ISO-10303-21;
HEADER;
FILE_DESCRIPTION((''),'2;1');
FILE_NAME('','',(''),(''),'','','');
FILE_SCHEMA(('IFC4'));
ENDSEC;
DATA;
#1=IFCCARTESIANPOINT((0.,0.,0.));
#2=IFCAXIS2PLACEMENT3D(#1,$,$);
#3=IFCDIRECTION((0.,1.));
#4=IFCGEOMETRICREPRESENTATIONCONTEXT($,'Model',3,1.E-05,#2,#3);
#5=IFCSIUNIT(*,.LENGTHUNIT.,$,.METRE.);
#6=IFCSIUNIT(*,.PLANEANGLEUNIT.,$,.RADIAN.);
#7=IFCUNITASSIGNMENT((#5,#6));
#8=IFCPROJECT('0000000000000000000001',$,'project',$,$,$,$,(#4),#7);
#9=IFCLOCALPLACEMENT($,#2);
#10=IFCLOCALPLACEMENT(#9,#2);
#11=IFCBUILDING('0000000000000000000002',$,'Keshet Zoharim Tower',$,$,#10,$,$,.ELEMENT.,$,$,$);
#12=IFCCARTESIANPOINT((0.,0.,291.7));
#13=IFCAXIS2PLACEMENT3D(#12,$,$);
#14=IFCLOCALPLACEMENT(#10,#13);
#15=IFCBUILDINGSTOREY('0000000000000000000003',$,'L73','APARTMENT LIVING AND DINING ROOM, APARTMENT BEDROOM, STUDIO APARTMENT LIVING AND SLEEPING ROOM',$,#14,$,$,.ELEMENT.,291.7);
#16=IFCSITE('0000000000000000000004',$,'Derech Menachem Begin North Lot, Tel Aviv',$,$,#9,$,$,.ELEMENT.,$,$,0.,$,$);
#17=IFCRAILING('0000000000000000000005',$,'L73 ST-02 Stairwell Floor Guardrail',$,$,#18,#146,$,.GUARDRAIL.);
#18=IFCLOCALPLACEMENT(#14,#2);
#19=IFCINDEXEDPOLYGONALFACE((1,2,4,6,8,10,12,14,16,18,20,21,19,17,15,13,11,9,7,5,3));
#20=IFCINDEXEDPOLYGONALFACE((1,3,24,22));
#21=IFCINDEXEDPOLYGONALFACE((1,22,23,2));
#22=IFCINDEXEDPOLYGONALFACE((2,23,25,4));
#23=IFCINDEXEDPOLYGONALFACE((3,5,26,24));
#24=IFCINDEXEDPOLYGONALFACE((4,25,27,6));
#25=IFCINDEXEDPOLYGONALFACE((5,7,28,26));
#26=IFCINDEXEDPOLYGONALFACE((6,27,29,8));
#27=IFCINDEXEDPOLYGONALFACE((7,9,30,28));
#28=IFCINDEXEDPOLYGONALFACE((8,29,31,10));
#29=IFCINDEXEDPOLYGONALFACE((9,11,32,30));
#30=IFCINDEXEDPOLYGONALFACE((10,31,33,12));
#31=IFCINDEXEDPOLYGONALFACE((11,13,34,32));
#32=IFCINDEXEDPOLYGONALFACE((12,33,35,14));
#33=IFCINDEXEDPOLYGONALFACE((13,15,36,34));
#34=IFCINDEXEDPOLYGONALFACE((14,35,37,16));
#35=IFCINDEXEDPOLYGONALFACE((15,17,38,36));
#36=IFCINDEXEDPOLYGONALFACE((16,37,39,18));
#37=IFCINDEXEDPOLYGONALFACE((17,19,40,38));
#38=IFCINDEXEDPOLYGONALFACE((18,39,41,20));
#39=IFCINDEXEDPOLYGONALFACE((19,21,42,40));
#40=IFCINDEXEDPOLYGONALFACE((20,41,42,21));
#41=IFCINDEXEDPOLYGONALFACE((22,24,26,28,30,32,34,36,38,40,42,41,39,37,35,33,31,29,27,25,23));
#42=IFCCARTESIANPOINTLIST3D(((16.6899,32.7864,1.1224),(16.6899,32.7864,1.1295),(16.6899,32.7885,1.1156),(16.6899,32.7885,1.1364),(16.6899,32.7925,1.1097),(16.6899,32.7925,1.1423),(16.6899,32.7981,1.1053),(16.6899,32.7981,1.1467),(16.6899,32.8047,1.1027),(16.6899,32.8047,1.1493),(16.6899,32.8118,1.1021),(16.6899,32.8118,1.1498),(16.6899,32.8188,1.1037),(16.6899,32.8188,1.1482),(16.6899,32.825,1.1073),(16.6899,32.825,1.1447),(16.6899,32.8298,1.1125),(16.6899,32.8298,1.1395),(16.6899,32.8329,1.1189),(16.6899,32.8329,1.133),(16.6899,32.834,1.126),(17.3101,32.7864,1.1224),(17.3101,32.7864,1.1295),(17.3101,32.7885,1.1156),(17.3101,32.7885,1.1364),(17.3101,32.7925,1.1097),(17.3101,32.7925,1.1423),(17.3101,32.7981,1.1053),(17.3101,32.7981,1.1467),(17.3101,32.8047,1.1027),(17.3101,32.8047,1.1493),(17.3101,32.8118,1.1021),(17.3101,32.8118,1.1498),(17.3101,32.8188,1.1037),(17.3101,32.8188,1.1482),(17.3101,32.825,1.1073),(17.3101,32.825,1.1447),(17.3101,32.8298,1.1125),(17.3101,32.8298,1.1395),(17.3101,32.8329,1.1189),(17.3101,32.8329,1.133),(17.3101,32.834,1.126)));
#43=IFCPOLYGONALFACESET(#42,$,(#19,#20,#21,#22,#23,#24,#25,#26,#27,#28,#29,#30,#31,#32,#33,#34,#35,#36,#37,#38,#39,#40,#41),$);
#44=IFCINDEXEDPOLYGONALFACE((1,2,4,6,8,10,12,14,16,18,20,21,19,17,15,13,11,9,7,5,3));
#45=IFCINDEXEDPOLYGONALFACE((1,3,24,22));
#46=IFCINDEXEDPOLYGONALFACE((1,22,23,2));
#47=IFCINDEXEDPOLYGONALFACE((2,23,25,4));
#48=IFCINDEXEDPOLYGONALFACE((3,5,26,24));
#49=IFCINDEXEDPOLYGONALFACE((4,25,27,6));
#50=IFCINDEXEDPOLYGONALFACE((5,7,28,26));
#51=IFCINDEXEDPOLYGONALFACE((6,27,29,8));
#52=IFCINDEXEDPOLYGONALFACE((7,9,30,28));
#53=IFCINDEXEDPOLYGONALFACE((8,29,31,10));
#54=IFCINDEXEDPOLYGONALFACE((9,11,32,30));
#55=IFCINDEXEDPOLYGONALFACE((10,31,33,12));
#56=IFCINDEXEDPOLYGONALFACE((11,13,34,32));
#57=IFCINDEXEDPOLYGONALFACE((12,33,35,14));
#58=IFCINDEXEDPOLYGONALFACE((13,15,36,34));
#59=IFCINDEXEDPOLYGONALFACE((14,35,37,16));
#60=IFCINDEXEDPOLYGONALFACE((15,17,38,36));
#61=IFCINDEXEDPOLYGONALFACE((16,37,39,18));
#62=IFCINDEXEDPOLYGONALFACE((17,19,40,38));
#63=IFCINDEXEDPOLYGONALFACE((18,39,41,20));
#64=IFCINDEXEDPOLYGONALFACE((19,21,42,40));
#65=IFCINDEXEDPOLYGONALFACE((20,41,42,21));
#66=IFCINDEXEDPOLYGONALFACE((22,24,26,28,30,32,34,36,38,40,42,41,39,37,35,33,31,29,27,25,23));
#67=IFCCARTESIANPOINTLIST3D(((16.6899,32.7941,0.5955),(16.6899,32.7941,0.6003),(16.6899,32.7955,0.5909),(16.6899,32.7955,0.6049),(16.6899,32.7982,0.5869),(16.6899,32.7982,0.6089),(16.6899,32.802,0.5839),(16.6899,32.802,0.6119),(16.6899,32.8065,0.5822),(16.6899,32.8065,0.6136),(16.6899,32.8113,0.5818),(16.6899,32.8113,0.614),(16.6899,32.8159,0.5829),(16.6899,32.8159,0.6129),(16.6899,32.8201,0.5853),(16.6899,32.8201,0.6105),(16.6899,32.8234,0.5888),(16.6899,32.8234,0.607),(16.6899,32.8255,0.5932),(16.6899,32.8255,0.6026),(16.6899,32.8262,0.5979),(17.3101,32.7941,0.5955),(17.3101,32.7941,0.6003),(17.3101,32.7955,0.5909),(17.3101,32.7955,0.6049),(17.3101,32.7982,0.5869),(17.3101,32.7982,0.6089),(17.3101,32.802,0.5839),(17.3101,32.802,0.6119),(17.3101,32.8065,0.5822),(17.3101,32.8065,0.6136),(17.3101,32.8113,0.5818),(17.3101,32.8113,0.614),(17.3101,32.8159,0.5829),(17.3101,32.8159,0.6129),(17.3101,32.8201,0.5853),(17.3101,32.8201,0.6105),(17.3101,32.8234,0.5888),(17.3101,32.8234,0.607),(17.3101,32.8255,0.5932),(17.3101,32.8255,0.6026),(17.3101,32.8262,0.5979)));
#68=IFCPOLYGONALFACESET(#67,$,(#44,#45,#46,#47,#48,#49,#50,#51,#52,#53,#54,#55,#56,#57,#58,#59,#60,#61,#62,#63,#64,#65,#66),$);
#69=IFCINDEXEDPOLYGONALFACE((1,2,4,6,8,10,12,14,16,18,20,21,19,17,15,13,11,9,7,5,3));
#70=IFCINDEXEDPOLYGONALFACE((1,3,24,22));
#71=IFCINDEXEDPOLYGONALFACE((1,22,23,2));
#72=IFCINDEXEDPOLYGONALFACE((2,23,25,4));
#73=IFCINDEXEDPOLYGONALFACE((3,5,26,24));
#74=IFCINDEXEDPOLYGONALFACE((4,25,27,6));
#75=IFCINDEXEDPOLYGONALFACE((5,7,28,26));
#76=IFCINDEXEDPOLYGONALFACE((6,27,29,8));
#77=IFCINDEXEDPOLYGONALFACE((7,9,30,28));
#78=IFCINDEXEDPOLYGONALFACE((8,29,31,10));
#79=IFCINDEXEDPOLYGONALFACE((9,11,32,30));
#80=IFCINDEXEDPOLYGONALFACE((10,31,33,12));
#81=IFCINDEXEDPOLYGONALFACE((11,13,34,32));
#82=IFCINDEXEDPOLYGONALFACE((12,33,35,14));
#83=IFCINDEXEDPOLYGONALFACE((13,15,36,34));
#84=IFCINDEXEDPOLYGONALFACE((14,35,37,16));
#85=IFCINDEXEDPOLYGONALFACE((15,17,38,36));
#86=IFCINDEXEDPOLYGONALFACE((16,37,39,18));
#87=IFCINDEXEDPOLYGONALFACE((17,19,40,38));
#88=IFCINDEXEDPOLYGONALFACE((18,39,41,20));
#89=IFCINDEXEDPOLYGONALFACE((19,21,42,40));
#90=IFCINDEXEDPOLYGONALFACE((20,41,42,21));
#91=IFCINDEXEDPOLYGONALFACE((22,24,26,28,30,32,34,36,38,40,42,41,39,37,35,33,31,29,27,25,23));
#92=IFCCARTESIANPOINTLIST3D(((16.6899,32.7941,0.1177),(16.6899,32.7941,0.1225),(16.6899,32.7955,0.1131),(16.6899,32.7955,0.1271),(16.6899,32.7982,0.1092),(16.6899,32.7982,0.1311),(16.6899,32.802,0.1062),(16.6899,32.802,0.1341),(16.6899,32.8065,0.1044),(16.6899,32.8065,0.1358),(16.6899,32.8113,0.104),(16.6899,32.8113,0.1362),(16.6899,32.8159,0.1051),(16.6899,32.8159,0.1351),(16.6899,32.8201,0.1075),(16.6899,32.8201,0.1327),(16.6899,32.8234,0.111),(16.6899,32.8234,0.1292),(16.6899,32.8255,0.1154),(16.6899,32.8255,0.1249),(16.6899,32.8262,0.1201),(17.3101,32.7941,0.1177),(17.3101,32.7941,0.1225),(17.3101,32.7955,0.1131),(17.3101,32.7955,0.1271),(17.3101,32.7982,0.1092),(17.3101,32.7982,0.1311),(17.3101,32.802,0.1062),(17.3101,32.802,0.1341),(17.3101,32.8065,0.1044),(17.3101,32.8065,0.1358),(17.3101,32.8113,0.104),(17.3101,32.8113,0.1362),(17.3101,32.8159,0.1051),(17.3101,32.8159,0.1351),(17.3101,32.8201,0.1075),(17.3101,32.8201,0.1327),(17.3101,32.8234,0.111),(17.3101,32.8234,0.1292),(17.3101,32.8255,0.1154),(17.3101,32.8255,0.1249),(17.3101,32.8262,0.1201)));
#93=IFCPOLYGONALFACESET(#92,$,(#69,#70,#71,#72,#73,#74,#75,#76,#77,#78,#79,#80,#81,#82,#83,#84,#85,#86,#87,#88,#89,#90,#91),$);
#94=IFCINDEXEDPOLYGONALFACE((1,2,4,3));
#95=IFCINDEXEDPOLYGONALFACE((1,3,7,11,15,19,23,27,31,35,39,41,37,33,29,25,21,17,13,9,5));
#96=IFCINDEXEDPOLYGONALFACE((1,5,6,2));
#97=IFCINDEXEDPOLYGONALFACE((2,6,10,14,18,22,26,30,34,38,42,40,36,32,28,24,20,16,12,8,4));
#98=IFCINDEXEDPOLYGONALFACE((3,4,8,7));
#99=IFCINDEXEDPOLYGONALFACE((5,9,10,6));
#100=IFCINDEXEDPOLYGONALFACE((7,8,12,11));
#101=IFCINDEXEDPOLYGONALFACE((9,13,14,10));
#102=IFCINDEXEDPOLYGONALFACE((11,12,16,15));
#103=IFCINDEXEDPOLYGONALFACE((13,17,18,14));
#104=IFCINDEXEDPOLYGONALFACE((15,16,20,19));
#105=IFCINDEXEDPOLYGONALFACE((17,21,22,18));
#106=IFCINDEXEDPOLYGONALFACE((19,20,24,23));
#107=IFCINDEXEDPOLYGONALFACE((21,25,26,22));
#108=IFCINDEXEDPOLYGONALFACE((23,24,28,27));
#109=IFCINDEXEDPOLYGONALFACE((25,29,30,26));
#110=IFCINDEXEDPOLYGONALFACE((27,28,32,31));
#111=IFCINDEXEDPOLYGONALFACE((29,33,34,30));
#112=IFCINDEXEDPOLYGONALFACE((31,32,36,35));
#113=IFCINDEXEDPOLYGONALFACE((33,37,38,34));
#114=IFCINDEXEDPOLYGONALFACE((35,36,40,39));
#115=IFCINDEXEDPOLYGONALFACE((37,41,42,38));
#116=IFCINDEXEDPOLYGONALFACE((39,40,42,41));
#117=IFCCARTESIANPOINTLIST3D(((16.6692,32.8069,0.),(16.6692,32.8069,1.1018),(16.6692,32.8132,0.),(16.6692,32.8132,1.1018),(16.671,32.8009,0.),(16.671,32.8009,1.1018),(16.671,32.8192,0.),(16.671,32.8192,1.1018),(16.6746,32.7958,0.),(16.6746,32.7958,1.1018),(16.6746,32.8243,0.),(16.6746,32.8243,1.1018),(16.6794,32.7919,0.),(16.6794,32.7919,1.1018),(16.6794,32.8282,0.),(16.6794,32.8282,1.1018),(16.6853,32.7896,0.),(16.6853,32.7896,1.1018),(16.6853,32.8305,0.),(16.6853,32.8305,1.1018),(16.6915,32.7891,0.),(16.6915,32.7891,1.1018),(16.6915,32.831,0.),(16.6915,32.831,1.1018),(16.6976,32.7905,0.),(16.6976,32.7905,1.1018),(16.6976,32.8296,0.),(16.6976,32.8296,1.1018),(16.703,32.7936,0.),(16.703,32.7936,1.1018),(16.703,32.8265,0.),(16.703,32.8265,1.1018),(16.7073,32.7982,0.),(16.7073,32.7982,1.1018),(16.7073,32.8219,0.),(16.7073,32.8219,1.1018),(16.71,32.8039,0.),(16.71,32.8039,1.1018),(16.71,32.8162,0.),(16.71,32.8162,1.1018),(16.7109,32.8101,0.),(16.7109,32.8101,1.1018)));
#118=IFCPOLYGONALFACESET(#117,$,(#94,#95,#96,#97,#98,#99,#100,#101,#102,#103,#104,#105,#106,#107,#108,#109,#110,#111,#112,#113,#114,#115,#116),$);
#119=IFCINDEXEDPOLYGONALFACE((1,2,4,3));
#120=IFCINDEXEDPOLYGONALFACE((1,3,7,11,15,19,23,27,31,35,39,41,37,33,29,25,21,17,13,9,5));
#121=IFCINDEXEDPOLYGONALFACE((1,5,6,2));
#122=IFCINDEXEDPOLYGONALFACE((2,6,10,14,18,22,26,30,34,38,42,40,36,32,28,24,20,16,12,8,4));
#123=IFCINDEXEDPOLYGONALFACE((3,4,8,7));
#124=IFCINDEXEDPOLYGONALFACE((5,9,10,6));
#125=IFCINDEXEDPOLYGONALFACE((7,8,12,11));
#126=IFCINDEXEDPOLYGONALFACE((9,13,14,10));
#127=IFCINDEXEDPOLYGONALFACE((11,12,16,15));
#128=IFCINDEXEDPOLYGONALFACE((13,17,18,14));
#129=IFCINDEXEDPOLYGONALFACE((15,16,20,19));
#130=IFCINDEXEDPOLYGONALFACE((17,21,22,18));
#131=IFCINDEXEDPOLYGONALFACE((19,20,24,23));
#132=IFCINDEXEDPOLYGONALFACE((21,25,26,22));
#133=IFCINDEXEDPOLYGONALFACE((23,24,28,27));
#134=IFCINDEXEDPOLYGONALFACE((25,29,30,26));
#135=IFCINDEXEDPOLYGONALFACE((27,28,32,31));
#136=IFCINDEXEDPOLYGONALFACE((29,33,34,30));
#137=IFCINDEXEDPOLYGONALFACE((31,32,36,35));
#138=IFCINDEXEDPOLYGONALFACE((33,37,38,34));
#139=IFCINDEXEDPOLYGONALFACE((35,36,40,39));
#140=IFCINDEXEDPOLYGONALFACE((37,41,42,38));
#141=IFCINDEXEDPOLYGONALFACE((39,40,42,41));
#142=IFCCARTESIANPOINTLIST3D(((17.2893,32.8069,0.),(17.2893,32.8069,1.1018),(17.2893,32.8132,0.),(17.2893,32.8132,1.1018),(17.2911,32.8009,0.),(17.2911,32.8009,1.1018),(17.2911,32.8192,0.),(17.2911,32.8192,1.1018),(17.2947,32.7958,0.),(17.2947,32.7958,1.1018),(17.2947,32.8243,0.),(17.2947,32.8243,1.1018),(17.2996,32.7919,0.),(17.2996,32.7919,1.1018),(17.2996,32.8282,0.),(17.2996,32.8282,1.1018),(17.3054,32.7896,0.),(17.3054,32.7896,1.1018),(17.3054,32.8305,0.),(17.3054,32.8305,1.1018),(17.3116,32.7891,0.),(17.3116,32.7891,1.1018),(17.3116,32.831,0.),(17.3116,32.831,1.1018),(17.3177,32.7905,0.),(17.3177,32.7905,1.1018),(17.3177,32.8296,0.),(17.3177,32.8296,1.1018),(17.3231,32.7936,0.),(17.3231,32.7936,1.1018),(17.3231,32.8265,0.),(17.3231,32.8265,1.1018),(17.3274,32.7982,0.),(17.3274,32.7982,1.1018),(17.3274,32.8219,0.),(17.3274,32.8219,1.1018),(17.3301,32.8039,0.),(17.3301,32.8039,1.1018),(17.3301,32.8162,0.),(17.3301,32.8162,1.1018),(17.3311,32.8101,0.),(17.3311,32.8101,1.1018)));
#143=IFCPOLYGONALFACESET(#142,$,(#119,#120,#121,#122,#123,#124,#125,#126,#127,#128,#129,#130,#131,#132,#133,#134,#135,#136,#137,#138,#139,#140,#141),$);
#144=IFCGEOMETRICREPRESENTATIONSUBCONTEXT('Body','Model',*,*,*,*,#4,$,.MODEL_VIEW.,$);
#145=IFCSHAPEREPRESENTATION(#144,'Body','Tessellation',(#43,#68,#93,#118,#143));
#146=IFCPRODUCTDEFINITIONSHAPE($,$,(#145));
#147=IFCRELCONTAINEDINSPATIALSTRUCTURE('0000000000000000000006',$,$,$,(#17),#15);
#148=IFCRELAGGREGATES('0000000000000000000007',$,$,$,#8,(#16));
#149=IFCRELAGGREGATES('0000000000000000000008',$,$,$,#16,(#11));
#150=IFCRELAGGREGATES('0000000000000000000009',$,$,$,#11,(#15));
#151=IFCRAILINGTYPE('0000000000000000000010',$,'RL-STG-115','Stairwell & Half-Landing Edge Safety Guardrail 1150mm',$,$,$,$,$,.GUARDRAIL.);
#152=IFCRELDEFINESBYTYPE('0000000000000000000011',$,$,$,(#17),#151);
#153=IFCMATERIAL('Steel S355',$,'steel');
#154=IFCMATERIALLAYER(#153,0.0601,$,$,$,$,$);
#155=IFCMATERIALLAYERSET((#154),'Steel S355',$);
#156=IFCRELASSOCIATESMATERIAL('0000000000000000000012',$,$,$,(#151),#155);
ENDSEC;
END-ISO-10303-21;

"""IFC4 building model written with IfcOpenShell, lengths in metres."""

from ifc_helpers import new_model, si_unit, direction, frame, origin, origin_2d, place, context, subcontext, project, spatial, circle, extrude, material, layer, layer_set, type_object, element, save


model = new_model("IFC4")

# Units and contexts
model_context = context("Model", 3, precision=1e-05, world=origin(), true_north=direction((0.0, 1.0)))
body_context = subcontext(model_context, "Body", "Model", "MODEL_VIEW")
ifc_project = project(units=[si_unit("LENGTHUNIT", "METRE"), si_unit("PLANEANGLEUNIT", "RADIAN")], contexts=[model_context])

# Site, building, storey
site_placement = place(None, origin())
site = spatial("IfcSite", under=ifc_project, at=site_placement, Name="Derech Menachem Begin North Lot, Tel Aviv", CompositionType="ELEMENT", RefElevation=0.0)
building_placement = place(site_placement, origin())
building = spatial("IfcBuilding", under=site, at=building_placement, Name="Keshet Zoharim Tower", CompositionType="ELEMENT")
storey_placement = place(building_placement, frame((0.0, 0.0, 291.7)))
storey = spatial("IfcBuildingStorey", under=building, at=storey_placement, Name="L73", Description="APARTMENT LIVING AND DINING ROOM, APARTMENT BEDROOM, STUDIO APARTMENT LIVING AND SLEEPING ROOM", CompositionType="ELEMENT", Elevation=291.7)

# Shared definitions
ifc_material_1 = material(Name="Steel S355", Category="steel")

# Railing
ifc_layer_1 = layer(ifc_material_1, 0.0601)
ifc_layer_set_1 = layer_set([ifc_layer_1], Name="Steel S355")
railing_type_1 = type_object("IfcRailingType", Name="RL-STG-115", Description="Stairwell & Half-Landing Edge Safety Guardrail 1150mm", PredefinedType="GUARDRAIL", material=ifc_layer_set_1)
railing_1_placement = place(storey_placement, frame((16.6899, 32.8101, 0.0)))
element("IfcRailing", 1, at=railing_1_placement, inside=storey, type_object=railing_type_1, Name="L73 ST-02 Stairwell Floor Guardrail", PredefinedType="GUARDRAIL", context=body_context, shape_type="SweptSolid", body=[
    extrude(circle(Radius=0.0239, at=origin_2d()), frame((0.0, 0.0, 1.126), z_axis=(1.0, 0.0, 0.0), x_axis=(0.0, 1.0, 0.0)), (0.0, 0.0, 1.0), 0.6201),
    extrude(circle(Radius=0.0161, at=origin_2d()), frame((0.0, 0.0, 0.5979), z_axis=(1.0, 0.0, 0.0), x_axis=(0.0, 1.0, 0.0)), (0.0, 0.0, 1.0), 0.6201),
    extrude(circle(Radius=0.0161, at=origin_2d()), frame((0.0, 0.0, 0.1201), z_axis=(1.0, 0.0, 0.0), x_axis=(0.0, 1.0, 0.0)), (0.0, 0.0, 1.0), 0.6201),
    extrude(circle(Radius=0.021, at=origin_2d()), origin(), (0.0, 0.0, 1.0), 1.1018),
    extrude(circle(Radius=0.021, at=origin_2d()), frame((0.6201, 0.0, 0.0)), (0.0, 0.0, 1.0), 1.1018),
])

save(model, "model.ifc")
